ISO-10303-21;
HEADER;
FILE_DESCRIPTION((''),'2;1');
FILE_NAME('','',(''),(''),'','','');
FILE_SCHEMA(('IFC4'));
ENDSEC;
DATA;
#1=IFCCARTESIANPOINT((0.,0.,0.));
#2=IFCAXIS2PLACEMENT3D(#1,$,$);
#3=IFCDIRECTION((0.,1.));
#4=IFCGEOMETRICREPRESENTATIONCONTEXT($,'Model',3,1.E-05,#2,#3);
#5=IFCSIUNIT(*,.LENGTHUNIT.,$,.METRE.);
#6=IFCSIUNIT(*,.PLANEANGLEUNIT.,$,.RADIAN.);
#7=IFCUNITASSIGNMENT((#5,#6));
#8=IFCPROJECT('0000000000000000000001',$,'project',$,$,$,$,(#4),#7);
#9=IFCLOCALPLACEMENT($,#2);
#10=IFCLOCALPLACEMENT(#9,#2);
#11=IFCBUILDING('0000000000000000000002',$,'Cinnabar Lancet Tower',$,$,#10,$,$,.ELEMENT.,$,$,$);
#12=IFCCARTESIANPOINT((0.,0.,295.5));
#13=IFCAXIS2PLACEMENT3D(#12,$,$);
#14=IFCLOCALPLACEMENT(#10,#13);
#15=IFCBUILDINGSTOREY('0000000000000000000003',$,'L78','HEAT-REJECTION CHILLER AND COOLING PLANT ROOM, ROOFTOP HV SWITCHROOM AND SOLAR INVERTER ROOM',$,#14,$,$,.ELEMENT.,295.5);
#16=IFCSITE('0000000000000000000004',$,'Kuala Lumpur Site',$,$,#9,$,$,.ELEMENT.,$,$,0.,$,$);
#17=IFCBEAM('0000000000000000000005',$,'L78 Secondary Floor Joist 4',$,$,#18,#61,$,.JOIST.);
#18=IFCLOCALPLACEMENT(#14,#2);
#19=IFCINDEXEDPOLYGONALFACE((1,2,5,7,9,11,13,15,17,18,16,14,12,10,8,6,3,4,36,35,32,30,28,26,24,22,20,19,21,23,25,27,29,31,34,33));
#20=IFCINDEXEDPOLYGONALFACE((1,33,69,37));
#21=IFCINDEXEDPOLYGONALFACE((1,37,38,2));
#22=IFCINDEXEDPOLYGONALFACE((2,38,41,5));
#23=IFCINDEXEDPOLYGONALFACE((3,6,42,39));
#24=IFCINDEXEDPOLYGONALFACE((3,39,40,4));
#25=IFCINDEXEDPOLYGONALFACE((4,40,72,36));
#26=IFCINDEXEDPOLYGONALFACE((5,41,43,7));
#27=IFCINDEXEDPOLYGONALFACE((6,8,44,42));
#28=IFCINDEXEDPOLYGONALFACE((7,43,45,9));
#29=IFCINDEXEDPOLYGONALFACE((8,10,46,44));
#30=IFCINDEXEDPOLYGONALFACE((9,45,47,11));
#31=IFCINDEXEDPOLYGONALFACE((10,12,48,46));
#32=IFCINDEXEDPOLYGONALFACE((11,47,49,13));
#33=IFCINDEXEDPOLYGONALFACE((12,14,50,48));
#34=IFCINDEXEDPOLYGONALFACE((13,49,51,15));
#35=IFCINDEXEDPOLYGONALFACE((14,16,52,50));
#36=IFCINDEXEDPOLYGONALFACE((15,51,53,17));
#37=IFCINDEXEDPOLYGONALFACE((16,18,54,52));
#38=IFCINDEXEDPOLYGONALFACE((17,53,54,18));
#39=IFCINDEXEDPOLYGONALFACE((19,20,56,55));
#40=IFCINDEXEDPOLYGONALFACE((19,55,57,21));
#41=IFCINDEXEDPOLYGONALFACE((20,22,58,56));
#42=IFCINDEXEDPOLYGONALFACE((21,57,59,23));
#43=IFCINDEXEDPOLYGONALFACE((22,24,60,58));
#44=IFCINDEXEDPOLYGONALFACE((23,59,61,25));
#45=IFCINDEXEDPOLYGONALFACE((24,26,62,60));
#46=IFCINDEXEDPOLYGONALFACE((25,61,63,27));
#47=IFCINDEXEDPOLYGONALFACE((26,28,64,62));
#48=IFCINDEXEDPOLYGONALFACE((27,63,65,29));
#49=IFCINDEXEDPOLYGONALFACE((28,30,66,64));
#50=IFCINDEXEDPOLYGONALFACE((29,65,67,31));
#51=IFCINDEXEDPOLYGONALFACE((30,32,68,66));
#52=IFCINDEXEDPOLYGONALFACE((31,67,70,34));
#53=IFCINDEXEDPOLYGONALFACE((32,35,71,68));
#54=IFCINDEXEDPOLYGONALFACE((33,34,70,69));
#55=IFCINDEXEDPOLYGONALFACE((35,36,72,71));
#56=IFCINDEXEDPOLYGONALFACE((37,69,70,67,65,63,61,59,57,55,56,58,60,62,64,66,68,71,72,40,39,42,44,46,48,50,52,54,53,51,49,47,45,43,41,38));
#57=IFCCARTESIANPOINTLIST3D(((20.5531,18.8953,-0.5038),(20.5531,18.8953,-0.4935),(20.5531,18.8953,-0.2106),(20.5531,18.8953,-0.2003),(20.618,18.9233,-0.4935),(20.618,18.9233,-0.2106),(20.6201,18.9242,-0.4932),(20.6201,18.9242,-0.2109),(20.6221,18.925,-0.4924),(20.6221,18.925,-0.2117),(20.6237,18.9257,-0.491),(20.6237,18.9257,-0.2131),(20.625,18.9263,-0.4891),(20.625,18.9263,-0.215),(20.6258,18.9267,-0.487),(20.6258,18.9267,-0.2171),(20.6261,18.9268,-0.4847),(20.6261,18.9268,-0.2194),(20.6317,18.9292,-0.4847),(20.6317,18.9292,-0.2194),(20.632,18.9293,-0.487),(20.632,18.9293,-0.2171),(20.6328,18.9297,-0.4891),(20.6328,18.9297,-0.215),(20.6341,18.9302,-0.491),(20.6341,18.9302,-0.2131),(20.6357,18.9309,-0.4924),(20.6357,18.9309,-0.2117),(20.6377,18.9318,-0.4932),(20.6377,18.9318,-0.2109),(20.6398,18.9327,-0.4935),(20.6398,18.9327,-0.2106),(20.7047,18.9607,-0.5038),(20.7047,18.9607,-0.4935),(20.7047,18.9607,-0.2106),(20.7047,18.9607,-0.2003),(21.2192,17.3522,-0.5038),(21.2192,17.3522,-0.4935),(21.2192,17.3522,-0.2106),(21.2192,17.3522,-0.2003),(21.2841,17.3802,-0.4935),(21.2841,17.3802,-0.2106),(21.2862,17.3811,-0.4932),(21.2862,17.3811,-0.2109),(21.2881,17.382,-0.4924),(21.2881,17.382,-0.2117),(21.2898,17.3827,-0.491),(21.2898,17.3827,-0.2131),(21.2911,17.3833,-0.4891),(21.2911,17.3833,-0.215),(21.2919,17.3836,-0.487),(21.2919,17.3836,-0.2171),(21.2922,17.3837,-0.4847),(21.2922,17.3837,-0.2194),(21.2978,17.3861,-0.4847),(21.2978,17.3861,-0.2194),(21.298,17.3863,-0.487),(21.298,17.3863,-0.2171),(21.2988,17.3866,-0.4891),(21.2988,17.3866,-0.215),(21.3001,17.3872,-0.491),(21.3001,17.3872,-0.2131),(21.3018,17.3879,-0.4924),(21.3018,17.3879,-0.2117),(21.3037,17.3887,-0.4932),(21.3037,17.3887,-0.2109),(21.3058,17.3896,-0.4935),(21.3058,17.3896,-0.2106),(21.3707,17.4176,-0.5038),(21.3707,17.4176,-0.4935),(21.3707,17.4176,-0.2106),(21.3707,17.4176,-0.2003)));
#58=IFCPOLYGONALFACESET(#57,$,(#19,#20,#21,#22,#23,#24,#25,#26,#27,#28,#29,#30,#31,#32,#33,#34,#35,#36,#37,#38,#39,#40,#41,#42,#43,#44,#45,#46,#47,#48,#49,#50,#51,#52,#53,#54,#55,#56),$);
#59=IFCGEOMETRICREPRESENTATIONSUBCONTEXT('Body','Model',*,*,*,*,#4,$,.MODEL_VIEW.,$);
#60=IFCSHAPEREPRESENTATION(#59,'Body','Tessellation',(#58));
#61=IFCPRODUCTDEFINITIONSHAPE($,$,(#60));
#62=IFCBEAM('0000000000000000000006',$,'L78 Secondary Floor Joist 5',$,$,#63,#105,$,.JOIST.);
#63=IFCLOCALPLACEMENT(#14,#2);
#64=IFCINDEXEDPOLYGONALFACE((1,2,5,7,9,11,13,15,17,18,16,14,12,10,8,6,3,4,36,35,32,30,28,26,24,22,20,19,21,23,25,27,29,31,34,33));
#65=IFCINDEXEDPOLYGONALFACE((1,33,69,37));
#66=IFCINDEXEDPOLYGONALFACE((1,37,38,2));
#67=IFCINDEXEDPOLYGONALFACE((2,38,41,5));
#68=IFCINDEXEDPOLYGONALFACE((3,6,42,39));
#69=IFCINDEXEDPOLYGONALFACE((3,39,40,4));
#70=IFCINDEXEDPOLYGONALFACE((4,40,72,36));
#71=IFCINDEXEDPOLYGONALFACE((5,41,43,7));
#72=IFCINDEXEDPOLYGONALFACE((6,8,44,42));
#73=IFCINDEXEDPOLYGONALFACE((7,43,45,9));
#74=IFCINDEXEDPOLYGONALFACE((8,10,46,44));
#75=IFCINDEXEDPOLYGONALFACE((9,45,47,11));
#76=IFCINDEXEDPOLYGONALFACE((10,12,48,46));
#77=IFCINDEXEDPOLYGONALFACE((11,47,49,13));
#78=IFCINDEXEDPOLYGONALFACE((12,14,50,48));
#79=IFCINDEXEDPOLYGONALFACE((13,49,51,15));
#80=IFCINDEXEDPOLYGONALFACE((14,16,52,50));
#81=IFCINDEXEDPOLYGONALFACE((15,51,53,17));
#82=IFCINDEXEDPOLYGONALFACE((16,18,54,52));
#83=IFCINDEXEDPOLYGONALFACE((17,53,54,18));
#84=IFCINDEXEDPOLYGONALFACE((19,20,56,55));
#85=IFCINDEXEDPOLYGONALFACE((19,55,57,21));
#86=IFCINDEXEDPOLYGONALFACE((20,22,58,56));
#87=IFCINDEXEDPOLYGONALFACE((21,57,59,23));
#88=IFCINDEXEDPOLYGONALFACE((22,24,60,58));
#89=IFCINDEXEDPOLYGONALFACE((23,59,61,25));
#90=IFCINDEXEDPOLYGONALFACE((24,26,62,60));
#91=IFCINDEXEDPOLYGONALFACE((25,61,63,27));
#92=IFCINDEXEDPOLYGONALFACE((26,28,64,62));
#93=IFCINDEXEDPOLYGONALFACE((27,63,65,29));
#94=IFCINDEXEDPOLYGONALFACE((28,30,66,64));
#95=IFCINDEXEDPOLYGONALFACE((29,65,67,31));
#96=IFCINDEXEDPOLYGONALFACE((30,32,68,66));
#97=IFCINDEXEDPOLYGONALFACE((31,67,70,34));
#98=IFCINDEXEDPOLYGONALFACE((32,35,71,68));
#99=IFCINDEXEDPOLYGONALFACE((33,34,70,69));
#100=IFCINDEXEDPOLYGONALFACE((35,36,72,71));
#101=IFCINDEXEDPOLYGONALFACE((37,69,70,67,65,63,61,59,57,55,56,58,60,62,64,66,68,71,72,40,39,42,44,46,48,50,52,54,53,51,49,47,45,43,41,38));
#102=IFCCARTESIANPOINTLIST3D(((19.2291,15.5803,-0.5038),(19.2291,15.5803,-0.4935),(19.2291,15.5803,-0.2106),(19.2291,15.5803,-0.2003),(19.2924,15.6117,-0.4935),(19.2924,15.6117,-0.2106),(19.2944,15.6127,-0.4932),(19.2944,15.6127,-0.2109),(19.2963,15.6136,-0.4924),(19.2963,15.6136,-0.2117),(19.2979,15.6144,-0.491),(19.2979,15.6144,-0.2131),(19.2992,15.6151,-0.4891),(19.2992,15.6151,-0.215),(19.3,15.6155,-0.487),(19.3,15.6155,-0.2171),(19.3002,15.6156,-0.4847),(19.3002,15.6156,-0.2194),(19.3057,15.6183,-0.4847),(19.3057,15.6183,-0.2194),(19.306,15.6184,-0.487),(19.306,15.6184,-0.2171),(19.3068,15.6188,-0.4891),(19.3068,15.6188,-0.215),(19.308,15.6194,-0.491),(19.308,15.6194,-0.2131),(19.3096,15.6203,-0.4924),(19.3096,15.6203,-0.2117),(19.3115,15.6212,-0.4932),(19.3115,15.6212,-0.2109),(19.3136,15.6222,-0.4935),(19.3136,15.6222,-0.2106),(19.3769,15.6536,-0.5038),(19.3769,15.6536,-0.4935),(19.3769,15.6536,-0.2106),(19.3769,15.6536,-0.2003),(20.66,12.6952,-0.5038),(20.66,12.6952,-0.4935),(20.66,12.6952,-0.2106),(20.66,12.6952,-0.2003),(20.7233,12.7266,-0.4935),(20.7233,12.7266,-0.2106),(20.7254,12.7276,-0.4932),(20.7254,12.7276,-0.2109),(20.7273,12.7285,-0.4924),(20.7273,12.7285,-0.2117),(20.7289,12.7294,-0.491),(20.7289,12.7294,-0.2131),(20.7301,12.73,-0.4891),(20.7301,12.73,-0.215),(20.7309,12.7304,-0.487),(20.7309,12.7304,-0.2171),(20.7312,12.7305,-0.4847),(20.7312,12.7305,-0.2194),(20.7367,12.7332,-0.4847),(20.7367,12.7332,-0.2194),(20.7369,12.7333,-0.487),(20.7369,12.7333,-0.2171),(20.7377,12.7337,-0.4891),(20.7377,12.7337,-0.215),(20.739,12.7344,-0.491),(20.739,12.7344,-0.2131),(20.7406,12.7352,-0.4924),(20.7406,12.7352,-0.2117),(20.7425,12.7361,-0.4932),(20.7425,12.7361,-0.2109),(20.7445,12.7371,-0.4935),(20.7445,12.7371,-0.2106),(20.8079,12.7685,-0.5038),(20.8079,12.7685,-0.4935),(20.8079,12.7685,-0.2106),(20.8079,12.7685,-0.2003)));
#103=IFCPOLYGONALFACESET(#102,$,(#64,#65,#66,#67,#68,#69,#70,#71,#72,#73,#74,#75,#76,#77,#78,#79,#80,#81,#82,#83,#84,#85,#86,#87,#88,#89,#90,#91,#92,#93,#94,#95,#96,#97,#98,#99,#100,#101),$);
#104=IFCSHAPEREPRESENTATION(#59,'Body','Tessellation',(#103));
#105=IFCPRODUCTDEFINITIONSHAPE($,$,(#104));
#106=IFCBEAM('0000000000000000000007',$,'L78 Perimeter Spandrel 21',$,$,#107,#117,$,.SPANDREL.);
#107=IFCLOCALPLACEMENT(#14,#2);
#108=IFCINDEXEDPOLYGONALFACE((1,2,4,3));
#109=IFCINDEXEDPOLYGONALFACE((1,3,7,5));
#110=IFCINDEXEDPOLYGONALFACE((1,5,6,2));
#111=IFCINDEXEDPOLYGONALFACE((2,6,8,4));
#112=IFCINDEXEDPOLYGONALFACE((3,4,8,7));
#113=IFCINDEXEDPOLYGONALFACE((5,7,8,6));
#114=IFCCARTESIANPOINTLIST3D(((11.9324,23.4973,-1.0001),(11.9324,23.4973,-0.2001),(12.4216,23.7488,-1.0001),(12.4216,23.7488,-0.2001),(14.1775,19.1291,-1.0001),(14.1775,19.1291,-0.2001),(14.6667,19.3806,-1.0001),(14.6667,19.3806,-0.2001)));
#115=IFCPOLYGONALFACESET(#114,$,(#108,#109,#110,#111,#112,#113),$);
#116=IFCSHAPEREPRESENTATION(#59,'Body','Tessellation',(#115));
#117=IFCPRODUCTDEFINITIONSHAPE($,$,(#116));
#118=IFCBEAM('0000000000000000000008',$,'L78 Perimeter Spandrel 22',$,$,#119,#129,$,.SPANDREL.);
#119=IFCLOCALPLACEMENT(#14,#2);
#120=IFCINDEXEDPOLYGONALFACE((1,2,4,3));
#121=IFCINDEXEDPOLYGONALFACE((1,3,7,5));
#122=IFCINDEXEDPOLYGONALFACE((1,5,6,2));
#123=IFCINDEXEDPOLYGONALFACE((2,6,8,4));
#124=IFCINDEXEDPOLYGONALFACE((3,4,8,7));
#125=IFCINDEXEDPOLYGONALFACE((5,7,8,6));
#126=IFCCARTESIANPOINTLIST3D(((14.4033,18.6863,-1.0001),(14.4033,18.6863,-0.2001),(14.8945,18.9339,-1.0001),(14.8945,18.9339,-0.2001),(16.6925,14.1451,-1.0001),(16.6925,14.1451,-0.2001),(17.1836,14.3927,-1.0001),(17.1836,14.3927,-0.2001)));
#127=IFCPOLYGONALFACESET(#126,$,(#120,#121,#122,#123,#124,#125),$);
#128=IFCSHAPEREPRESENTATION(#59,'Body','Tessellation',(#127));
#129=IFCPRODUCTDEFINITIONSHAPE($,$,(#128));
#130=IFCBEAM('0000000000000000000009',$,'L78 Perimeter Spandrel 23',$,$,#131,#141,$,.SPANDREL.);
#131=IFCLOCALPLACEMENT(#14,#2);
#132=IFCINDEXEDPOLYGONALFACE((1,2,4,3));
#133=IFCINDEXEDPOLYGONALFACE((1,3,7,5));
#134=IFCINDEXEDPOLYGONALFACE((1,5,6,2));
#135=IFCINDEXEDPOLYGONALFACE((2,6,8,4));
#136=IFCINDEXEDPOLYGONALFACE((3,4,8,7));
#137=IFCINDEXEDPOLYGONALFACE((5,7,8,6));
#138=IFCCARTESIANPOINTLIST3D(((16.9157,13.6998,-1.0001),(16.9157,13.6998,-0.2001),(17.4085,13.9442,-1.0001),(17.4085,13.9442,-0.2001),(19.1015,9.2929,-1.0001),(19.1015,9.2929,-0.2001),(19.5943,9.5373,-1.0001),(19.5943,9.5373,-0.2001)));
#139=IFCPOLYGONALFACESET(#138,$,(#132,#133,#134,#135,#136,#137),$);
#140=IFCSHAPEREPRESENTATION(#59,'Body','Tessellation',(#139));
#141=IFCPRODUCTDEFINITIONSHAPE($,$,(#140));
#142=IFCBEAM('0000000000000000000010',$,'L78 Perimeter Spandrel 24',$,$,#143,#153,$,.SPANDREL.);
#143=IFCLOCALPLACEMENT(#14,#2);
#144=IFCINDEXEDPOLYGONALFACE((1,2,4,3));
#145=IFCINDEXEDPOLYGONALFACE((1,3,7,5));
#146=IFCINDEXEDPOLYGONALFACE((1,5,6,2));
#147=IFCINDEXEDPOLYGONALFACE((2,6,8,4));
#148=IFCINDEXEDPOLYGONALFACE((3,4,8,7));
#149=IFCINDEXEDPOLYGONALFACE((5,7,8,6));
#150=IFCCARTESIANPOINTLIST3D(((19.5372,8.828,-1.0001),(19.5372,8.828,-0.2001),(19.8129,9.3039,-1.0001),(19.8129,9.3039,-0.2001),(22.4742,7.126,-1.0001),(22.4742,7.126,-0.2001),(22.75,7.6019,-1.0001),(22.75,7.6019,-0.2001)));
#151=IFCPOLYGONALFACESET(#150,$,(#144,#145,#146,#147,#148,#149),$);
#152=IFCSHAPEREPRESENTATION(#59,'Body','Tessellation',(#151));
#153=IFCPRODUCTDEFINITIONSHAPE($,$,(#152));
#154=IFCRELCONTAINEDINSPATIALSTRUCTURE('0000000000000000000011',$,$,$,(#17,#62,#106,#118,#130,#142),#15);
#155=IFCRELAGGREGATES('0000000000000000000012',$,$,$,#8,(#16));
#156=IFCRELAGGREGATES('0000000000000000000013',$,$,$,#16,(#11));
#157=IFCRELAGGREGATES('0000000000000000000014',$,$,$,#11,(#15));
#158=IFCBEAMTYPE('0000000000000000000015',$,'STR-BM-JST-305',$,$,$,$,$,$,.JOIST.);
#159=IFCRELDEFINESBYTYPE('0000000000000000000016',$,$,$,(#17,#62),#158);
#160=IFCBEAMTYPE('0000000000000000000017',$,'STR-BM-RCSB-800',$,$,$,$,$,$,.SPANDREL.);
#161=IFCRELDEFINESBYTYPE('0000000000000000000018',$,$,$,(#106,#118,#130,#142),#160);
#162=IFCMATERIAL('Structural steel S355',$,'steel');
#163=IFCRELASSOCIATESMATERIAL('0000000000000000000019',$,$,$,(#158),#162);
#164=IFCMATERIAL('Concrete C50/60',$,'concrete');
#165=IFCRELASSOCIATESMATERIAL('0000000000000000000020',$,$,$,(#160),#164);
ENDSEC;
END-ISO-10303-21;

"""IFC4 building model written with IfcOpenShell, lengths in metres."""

from ifc_helpers import new_model, si_unit, direction, frame, origin, origin_2d, place, context, subcontext, project, spatial, rectangle, i_section, extrude, material, material_profile, profile_set, type_object, element, save


model = new_model("IFC4")

# Units and contexts
model_context = context("Model", 3, precision=1e-05, world=origin(), true_north=direction((0.0, 1.0)))
body_context = subcontext(model_context, "Body", "Model", "MODEL_VIEW")
ifc_project = project(units=[si_unit("LENGTHUNIT", "METRE"), si_unit("PLANEANGLEUNIT", "RADIAN")], contexts=[model_context])

# Site, building, storey
site_placement = place(None, origin())
site = spatial("IfcSite", under=ifc_project, at=site_placement, Name="Kuala Lumpur Site", CompositionType="ELEMENT", RefElevation=0.0)
building_placement = place(site_placement, origin())
building = spatial("IfcBuilding", under=site, at=building_placement, Name="Cinnabar Lancet Tower", CompositionType="ELEMENT")
storey_placement = place(building_placement, frame((0.0, 0.0, 295.5)))
storey = spatial("IfcBuildingStorey", under=building, at=storey_placement, Name="L78", Description="HEAT-REJECTION CHILLER AND COOLING PLANT ROOM, ROOFTOP HV SWITCHROOM AND SOLAR INVERTER ROOM", CompositionType="ELEMENT", Elevation=295.5)

# Beams
ifc_material_1 = material(Name="Structural steel S355", Category="steel")
ifc_material_profile_1 = material_profile(ifc_material_1, i_section(OverallWidth=0.165, OverallDepth=0.3035, WebThickness=0.0061, FlangeThickness=0.0103, FilletRadius=0.0088, at=origin_2d()), Name="UKB 305x165x40")
ifc_profile_set_1 = profile_set([ifc_material_profile_1], Name="Structural steel S355")
beam_type_1 = type_object("IfcBeamType", Name="STR-BM-JST-305", PredefinedType="JOIST", material=ifc_profile_set_1)
beam_1_placement = place(storey_placement, frame((20.6289, 18.928, -0.3521), z_axis=(0.396302, -0.91812, 0.0), x_axis=(0.91812, 0.396302, 0.0)))
element("IfcBeam", 1, at=beam_1_placement, inside=storey, type_object=beam_type_1, Name="L78 Secondary Floor Joist 4", PredefinedType="JOIST", context=body_context, shape_type="SweptSolid", body=[
    extrude(i_section(OverallWidth=0.165, OverallDepth=0.3035, WebThickness=0.0061, FlangeThickness=0.0103, FilletRadius=0.0088, at=origin_2d()), origin(), (0.0, 0.0, 1.0), 1.6807),
])
beam_2_placement = place(storey_placement, frame((19.303, 15.6169, -0.3521), z_axis=(0.44433, -0.895863, 0.0), x_axis=(0.895863, 0.44433, 0.0)))
element("IfcBeam", 2, at=beam_2_placement, inside=storey, type_object=beam_type_1, Name="L78 Secondary Floor Joist 5", PredefinedType="JOIST", context=body_context, shape_type="SweptSolid", body=[
    extrude(i_section(OverallWidth=0.165, OverallDepth=0.3035, WebThickness=0.0061, FlangeThickness=0.0103, FilletRadius=0.0088, at=origin_2d()), origin(), (0.0, 0.0, 1.0), 3.2205),
])
ifc_material_2 = material(Name="Concrete C50/60", Category="concrete")
ifc_material_profile_2 = material_profile(ifc_material_2, rectangle(XDim=0.55, YDim=0.8, at=origin_2d()), Name="RC-SB 550x800")
ifc_profile_set_2 = profile_set([ifc_material_profile_2], Name="Concrete C50/60")
beam_type_2 = type_object("IfcBeamType", Name="STR-BM-RCSB-800", PredefinedType="SPANDREL", material=ifc_profile_set_2)
beam_3_placement = place(storey_placement, frame((12.177, 23.623, -0.6001), z_axis=(0.457128, -0.889401, 0.0), x_axis=(0.889401, 0.457128, 0.0)))
element("IfcBeam", 3, at=beam_3_placement, inside=storey, type_object=beam_type_2, Name="L78 Perimeter Spandrel 21", PredefinedType="SPANDREL", context=body_context, shape_type="SweptSolid", body=[
    extrude(rectangle(XDim=0.55, YDim=0.8, at=origin_2d()), origin(), (0.0, 0.0, 1.0), 4.9114),
])
beam_4_placement = place(storey_placement, frame((14.6489, 18.8101, -0.6001), z_axis=(0.45013, -0.892963, 0.0), x_axis=(0.892963, 0.45013, 0.0)))
element("IfcBeam", 4, at=beam_4_placement, inside=storey, type_object=beam_type_2, Name="L78 Perimeter Spandrel 22", PredefinedType="SPANDREL", context=body_context, shape_type="SweptSolid", body=[
    extrude(rectangle(XDim=0.55, YDim=0.8, at=origin_2d()), origin(), (0.0, 0.0, 1.0), 5.0854),
])
beam_5_placement = place(storey_placement, frame((17.1621, 13.822, -0.6001), z_axis=(0.444333, -0.895862, 0.0), x_axis=(0.895862, 0.444333, 0.0)))
element("IfcBeam", 5, at=beam_5_placement, inside=storey, type_object=beam_type_2, Name="L78 Perimeter Spandrel 23", PredefinedType="SPANDREL", context=body_context, shape_type="SweptSolid", body=[
    extrude(rectangle(XDim=0.55, YDim=0.8, at=origin_2d()), origin(), (0.0, 0.0, 1.0), 4.9192),
])
beam_6_placement = place(storey_placement, frame((19.675, 9.0659, -0.6001), z_axis=(0.865231, -0.501374, 0.0), x_axis=(0.501374, 0.865231, 0.0)))
element("IfcBeam", 6, at=beam_6_placement, inside=storey, type_object=beam_type_2, Name="L78 Perimeter Spandrel 24", PredefinedType="SPANDREL", context=body_context, shape_type="SweptSolid", body=[
    extrude(rectangle(XDim=0.55, YDim=0.8, at=origin_2d()), origin(), (0.0, 0.0, 1.0), 3.3945),
])

save(model, "model.ifc")
